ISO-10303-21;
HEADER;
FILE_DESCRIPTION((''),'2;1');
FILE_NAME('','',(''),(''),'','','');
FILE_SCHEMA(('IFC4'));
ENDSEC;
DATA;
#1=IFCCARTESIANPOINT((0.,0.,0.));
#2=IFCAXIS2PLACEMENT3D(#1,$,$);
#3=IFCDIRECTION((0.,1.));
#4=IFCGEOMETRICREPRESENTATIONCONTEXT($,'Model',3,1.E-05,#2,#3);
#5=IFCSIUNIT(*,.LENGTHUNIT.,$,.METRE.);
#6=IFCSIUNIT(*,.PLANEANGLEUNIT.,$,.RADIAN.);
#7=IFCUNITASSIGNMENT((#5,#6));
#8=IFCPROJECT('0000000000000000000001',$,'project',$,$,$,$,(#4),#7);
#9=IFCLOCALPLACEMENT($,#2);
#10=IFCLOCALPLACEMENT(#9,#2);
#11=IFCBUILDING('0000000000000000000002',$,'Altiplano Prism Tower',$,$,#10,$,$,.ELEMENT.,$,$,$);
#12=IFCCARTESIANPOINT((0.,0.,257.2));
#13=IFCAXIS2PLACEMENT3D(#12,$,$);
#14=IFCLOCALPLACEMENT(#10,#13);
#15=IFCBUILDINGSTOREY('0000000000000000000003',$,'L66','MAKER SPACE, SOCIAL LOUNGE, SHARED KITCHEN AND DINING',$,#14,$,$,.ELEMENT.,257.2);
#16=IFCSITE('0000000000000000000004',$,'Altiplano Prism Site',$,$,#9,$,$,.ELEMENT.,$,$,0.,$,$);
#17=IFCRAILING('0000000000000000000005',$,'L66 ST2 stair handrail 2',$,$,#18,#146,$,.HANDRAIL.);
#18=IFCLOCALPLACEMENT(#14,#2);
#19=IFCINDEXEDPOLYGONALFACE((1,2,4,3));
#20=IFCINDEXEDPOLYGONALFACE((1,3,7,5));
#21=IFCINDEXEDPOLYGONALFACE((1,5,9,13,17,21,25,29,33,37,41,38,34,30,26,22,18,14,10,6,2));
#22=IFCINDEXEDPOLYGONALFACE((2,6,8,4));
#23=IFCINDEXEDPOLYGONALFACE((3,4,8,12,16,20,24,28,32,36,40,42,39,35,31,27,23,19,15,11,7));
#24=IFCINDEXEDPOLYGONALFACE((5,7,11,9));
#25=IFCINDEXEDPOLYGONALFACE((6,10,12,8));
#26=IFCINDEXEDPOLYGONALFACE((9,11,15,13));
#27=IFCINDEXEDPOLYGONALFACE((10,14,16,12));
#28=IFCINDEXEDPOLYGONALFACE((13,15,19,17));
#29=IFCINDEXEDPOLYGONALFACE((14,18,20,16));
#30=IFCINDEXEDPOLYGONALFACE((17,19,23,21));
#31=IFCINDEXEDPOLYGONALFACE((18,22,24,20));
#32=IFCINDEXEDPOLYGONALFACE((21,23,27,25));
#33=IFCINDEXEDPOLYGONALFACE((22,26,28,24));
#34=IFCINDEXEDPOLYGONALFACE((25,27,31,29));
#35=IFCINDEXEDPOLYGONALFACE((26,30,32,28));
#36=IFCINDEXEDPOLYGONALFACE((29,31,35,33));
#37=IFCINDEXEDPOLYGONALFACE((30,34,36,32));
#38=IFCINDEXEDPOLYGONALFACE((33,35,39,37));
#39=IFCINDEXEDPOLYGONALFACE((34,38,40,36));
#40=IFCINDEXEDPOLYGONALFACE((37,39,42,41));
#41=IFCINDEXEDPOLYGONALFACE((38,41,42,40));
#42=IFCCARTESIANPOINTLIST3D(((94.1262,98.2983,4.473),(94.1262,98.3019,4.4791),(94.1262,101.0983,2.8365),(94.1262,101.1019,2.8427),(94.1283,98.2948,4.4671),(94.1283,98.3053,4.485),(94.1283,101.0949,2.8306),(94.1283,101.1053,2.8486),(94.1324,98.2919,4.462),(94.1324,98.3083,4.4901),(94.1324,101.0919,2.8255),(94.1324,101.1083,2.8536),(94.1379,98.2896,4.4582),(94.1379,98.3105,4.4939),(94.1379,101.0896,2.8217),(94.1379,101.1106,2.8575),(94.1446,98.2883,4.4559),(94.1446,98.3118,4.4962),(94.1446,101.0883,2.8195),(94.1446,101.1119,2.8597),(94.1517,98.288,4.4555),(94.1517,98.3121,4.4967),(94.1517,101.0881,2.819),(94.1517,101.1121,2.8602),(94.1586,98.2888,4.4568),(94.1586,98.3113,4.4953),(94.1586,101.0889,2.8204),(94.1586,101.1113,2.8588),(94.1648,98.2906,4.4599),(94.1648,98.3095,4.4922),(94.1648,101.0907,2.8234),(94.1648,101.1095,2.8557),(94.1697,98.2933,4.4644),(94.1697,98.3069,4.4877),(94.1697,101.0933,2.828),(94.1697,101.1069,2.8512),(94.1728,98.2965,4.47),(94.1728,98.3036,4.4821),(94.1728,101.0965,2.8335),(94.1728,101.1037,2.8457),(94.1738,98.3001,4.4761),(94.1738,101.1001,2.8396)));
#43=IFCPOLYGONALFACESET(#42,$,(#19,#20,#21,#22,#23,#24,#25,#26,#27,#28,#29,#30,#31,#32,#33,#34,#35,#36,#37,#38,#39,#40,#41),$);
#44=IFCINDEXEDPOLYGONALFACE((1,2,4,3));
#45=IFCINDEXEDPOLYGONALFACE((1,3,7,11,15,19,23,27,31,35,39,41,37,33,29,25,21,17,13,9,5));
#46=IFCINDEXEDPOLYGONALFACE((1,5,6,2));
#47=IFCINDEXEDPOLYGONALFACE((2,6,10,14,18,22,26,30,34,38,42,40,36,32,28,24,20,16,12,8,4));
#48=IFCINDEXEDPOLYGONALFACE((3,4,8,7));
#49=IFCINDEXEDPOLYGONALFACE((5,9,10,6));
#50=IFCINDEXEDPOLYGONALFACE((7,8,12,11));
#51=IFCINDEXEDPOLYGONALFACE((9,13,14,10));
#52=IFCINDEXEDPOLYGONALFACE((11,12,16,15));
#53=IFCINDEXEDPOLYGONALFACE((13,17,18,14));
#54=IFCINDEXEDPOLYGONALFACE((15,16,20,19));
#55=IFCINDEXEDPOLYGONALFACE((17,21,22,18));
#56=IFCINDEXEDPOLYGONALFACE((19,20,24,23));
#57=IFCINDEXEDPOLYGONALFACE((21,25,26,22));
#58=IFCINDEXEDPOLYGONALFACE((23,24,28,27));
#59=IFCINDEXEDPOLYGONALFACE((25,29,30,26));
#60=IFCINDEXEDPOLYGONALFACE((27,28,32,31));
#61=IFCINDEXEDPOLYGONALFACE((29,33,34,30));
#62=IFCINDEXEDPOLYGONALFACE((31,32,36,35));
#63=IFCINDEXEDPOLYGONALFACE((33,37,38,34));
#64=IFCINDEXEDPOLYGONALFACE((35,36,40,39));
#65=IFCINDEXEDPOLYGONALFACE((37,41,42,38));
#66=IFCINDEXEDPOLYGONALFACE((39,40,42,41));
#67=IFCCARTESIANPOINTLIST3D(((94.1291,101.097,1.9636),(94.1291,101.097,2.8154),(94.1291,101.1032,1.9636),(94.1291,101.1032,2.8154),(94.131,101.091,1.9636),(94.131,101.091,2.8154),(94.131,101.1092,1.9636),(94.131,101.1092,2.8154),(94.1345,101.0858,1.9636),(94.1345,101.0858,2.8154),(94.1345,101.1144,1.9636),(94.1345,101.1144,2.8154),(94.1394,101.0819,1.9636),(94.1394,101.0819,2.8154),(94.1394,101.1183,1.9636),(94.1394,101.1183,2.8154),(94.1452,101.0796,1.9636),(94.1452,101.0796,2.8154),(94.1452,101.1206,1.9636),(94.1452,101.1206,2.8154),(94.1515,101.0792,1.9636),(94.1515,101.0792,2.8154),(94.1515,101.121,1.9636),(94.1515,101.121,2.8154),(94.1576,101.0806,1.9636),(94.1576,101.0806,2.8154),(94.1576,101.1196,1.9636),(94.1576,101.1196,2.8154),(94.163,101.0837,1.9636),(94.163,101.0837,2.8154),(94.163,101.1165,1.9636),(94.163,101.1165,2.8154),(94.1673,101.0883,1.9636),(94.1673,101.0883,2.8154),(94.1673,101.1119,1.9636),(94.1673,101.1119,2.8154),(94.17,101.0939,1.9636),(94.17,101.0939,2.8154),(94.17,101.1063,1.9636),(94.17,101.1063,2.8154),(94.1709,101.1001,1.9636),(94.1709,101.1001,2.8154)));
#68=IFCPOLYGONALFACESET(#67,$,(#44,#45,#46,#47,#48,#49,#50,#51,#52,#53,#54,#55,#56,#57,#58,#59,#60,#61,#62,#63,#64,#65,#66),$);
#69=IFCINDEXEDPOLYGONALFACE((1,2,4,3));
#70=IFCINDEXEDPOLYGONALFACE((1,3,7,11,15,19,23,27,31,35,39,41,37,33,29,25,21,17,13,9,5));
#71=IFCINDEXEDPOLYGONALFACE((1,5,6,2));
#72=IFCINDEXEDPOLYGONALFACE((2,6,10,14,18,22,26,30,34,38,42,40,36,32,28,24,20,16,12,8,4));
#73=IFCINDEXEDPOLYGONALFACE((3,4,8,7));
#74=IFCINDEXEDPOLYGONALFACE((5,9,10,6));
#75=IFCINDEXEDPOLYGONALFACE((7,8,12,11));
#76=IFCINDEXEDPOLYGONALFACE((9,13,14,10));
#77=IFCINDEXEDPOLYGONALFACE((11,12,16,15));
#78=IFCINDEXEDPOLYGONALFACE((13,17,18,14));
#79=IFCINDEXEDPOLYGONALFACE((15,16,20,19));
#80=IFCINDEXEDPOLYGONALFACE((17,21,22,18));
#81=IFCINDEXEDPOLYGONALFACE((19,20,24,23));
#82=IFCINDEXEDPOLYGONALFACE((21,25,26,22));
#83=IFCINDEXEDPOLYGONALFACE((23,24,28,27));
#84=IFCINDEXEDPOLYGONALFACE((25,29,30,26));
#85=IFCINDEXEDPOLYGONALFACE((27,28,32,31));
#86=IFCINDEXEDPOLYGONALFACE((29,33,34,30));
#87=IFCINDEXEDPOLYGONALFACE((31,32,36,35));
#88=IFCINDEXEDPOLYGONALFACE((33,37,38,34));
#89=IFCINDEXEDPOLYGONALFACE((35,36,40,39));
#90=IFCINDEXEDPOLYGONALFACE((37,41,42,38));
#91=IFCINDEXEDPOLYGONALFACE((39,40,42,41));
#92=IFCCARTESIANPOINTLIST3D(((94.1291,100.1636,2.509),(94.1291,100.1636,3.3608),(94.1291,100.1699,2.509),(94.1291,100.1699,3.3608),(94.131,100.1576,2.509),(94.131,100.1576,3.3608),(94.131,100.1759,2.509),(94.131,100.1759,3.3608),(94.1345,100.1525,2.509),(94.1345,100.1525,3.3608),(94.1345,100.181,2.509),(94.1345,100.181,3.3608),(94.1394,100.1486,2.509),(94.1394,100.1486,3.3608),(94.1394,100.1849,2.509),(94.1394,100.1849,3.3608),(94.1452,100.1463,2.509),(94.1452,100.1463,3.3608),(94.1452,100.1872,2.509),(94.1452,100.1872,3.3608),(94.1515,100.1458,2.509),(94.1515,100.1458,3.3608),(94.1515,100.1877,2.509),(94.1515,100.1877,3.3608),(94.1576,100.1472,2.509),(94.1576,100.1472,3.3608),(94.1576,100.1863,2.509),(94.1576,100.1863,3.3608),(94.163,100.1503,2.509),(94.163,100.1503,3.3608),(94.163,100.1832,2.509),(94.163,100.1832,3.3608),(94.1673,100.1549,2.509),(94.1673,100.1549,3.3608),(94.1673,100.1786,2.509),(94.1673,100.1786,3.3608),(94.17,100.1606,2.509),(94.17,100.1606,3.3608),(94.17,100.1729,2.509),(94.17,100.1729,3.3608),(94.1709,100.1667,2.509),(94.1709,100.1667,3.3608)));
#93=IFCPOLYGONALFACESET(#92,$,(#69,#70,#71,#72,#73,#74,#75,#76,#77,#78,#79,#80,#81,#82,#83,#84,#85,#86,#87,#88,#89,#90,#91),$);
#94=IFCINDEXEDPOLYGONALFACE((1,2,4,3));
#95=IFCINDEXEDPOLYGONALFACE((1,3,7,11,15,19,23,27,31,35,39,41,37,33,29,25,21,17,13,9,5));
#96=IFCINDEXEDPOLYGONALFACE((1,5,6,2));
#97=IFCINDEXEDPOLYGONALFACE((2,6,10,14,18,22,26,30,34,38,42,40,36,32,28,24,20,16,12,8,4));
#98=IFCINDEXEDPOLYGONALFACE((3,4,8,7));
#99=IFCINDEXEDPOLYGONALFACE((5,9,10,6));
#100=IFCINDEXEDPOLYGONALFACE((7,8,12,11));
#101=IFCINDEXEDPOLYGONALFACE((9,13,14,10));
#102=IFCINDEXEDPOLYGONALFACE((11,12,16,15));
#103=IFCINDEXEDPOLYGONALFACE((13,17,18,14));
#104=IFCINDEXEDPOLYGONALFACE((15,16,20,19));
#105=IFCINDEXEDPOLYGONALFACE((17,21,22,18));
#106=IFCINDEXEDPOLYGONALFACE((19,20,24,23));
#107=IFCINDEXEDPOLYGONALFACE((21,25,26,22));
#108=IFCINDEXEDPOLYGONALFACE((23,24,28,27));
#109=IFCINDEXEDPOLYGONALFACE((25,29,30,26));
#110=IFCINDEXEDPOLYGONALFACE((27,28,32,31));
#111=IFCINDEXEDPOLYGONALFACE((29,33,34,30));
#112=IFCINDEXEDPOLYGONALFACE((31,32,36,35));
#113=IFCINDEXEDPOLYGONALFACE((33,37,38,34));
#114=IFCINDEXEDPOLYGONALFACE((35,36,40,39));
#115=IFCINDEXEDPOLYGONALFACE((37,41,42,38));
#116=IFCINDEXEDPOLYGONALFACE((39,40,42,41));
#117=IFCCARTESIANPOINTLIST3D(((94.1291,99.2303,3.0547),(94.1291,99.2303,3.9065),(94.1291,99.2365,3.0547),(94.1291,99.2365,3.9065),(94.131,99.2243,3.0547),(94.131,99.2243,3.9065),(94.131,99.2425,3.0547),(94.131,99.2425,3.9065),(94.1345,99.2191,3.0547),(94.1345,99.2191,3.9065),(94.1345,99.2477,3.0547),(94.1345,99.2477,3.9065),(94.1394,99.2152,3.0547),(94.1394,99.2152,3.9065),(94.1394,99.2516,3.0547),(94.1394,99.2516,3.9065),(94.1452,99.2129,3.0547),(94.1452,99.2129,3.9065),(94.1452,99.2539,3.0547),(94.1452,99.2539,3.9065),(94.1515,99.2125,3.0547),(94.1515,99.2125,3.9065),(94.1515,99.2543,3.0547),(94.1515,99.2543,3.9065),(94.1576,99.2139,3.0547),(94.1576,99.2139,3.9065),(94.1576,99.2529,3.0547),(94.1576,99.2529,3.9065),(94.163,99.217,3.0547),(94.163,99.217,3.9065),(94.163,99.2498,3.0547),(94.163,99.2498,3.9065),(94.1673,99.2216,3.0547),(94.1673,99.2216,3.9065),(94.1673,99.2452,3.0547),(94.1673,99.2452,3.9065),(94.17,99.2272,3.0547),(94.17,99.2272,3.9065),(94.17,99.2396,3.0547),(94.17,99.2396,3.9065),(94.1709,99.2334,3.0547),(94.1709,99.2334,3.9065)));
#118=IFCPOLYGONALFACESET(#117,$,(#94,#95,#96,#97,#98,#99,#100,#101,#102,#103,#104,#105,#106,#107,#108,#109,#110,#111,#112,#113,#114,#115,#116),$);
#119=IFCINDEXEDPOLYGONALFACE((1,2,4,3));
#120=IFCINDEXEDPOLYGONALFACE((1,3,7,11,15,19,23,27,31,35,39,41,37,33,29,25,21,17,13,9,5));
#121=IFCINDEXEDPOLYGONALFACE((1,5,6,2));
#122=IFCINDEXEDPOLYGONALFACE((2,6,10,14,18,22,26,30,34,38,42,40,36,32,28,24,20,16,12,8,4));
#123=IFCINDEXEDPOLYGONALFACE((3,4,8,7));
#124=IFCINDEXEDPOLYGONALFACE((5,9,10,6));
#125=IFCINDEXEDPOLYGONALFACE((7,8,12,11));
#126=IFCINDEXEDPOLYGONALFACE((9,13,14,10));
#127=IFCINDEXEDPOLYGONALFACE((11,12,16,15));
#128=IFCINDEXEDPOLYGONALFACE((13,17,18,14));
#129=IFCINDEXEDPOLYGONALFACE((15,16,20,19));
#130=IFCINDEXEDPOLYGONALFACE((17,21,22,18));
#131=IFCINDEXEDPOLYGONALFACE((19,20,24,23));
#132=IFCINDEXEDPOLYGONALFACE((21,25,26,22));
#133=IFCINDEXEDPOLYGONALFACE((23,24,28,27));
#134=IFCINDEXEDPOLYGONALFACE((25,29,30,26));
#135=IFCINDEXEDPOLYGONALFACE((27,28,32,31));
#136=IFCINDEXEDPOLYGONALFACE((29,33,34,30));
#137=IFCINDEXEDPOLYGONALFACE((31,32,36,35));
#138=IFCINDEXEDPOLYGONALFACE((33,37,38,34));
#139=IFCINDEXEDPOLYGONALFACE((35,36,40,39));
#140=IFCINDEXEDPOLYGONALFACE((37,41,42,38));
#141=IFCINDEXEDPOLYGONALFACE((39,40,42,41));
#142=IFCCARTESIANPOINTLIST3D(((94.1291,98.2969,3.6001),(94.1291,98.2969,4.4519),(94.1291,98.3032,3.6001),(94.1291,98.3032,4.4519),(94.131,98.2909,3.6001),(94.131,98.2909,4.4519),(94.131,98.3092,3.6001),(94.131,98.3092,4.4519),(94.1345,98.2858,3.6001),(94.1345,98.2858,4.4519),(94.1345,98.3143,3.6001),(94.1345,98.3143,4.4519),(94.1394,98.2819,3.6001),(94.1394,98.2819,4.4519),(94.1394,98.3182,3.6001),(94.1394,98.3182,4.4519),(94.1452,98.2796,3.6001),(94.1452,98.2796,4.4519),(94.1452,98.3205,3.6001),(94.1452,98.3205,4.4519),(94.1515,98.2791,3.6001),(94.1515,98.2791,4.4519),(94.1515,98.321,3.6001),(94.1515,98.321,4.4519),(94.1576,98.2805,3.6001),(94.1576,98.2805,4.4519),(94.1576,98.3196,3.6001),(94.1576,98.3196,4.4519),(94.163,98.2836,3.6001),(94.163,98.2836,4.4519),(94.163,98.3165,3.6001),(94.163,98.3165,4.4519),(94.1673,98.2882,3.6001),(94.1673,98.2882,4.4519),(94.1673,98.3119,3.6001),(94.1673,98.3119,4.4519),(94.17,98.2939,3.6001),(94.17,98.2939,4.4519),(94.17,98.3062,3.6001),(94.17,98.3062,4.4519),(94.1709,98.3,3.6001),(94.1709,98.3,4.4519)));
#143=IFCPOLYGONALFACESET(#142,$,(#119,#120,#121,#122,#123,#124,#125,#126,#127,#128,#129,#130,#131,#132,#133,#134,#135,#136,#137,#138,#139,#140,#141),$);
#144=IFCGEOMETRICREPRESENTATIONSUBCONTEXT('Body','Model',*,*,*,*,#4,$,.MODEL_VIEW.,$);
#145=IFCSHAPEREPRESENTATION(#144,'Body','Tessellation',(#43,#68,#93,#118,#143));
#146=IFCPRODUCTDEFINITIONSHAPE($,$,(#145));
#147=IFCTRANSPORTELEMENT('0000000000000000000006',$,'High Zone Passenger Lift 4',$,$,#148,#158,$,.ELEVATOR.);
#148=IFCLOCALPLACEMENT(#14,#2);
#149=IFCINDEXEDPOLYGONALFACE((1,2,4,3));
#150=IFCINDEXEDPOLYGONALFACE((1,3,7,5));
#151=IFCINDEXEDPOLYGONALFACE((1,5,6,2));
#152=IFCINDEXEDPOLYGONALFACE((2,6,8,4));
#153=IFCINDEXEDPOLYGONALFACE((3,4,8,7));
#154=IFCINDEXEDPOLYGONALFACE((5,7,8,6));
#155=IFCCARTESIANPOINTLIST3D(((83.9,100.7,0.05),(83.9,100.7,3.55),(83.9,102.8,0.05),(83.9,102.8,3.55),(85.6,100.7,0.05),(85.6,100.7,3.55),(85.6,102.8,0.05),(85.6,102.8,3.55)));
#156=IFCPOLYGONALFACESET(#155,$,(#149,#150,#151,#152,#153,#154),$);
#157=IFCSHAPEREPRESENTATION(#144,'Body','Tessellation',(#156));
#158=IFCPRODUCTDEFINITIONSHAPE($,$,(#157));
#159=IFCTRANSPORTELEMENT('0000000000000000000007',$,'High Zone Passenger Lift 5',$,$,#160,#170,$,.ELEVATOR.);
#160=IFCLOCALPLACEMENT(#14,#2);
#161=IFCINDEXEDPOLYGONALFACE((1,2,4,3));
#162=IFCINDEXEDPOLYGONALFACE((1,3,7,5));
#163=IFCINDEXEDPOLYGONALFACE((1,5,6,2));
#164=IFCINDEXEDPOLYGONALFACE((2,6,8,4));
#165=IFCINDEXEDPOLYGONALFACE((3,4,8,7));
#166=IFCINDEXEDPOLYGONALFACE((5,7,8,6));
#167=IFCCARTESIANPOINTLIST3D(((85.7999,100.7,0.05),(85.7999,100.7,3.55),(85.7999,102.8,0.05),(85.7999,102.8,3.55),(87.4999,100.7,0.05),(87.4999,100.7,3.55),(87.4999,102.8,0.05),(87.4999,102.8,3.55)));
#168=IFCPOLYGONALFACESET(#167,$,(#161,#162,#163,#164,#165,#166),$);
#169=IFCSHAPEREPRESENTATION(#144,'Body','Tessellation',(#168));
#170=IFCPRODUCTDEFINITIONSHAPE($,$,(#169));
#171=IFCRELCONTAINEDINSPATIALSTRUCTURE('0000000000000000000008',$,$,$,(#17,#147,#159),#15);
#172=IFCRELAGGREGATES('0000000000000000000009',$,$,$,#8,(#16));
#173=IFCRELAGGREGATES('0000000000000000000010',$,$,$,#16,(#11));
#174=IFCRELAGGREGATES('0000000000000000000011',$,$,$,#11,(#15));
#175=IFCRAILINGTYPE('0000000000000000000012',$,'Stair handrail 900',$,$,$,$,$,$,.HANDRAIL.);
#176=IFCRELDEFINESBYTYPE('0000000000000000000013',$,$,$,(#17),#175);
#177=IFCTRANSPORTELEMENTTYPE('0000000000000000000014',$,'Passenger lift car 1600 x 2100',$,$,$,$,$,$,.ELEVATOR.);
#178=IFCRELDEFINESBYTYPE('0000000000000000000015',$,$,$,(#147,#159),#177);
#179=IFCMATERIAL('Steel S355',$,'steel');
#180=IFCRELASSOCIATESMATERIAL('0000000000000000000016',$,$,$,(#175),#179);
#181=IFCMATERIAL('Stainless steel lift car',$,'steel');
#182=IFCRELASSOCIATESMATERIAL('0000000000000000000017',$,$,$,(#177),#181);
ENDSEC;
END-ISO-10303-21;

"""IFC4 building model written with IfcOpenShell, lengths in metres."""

from ifc_helpers import new_model, si_unit, direction, frame, origin, origin_2d, place, context, subcontext, project, spatial, rectangle, circle, extrude, material, type_object, element, save


model = new_model("IFC4")

# Units and contexts
model_context = context("Model", 3, precision=1e-05, world=origin(), true_north=direction((0.0, 1.0)))
body_context = subcontext(model_context, "Body", "Model", "MODEL_VIEW")
ifc_project = project(units=[si_unit("LENGTHUNIT", "METRE"), si_unit("PLANEANGLEUNIT", "RADIAN")], contexts=[model_context])

# Site, building, storey
site_placement = place(None, origin())
site = spatial("IfcSite", under=ifc_project, at=site_placement, Name="Altiplano Prism Site", CompositionType="ELEMENT", RefElevation=0.0)
building_placement = place(site_placement, origin())
building = spatial("IfcBuilding", under=site, at=building_placement, Name="Altiplano Prism Tower", CompositionType="ELEMENT")
storey_placement = place(building_placement, frame((0.0, 0.0, 257.2)))
storey = spatial("IfcBuildingStorey", under=building, at=storey_placement, Name="L66", Description="MAKER SPACE, SOCIAL LOUNGE, SHARED KITCHEN AND DINING", CompositionType="ELEMENT", Elevation=257.2)

# Railing
ifc_material_1 = material(Name="Steel S355", Category="steel")
railing_type_1 = type_object("IfcRailingType", Name="Stair handrail 900", PredefinedType="HANDRAIL", material=ifc_material_1)
railing_1_placement = place(storey_placement, frame((94.1499, 101.1001, 1.9636)))
element("IfcRailing", 1, at=railing_1_placement, inside=storey, type_object=railing_type_1, Name="L66 ST2 stair handrail 2", PredefinedType="HANDRAIL", context=body_context, shape_type="SweptSolid", body=[
    extrude(circle(Radius=0.0239, at=origin_2d()), frame((0.0, 0.0, 0.876), z_axis=(0.0, -0.863361, 0.504587), x_axis=(1.0, 0.0, 0.0)), (0.0, 0.0, 1.0), 3.2432),
    extrude(circle(Radius=0.021, at=origin_2d()), origin(), (0.0, 0.0, 1.0), 0.8518),
    extrude(circle(Radius=0.021, at=origin_2d()), frame((0.0, -0.9333, 0.5454)), (0.0, 0.0, 1.0), 0.8518),
    extrude(circle(Radius=0.021, at=origin_2d()), frame((0.0, -1.8667, 1.0911)), (0.0, 0.0, 1.0), 0.8518),
    extrude(circle(Radius=0.021, at=origin_2d()), frame((0.0, -2.8, 1.6365)), (0.0, 0.0, 1.0), 0.8518),
])

# Transport elements
ifc_material_2 = material(Name="Stainless steel lift car", Category="steel")
transport_element_type = type_object("IfcTransportElementType", Name="Passenger lift car 1600 x 2100", PredefinedType="ELEVATOR", material=ifc_material_2)
for number, where, z_axis, x_axis, name in (
    (2, (84.75, 101.75, 0.05), (0.0, 0.0, 1.0), (1.0, 0.0, 0.0), "High Zone Passenger Lift 4"),
    (3, (86.6499, 101.75, 0.05), (0.0, 0.0, 1.0), (1.0, 0.0, 0.0), "High Zone Passenger Lift 5"),
):
    element("IfcTransportElement", number, at=place(storey_placement, frame(where, z_axis=z_axis, x_axis=x_axis)), inside=storey, type_object=transport_element_type, Name=name, PredefinedType="ELEVATOR", context=body_context, shape_type="SweptSolid", body=[
        extrude(rectangle(XDim=1.7, YDim=2.1001, at=origin_2d()), origin(), (0.0, 0.0, 1.0), 3.5),
    ])

save(model, "model.ifc")
